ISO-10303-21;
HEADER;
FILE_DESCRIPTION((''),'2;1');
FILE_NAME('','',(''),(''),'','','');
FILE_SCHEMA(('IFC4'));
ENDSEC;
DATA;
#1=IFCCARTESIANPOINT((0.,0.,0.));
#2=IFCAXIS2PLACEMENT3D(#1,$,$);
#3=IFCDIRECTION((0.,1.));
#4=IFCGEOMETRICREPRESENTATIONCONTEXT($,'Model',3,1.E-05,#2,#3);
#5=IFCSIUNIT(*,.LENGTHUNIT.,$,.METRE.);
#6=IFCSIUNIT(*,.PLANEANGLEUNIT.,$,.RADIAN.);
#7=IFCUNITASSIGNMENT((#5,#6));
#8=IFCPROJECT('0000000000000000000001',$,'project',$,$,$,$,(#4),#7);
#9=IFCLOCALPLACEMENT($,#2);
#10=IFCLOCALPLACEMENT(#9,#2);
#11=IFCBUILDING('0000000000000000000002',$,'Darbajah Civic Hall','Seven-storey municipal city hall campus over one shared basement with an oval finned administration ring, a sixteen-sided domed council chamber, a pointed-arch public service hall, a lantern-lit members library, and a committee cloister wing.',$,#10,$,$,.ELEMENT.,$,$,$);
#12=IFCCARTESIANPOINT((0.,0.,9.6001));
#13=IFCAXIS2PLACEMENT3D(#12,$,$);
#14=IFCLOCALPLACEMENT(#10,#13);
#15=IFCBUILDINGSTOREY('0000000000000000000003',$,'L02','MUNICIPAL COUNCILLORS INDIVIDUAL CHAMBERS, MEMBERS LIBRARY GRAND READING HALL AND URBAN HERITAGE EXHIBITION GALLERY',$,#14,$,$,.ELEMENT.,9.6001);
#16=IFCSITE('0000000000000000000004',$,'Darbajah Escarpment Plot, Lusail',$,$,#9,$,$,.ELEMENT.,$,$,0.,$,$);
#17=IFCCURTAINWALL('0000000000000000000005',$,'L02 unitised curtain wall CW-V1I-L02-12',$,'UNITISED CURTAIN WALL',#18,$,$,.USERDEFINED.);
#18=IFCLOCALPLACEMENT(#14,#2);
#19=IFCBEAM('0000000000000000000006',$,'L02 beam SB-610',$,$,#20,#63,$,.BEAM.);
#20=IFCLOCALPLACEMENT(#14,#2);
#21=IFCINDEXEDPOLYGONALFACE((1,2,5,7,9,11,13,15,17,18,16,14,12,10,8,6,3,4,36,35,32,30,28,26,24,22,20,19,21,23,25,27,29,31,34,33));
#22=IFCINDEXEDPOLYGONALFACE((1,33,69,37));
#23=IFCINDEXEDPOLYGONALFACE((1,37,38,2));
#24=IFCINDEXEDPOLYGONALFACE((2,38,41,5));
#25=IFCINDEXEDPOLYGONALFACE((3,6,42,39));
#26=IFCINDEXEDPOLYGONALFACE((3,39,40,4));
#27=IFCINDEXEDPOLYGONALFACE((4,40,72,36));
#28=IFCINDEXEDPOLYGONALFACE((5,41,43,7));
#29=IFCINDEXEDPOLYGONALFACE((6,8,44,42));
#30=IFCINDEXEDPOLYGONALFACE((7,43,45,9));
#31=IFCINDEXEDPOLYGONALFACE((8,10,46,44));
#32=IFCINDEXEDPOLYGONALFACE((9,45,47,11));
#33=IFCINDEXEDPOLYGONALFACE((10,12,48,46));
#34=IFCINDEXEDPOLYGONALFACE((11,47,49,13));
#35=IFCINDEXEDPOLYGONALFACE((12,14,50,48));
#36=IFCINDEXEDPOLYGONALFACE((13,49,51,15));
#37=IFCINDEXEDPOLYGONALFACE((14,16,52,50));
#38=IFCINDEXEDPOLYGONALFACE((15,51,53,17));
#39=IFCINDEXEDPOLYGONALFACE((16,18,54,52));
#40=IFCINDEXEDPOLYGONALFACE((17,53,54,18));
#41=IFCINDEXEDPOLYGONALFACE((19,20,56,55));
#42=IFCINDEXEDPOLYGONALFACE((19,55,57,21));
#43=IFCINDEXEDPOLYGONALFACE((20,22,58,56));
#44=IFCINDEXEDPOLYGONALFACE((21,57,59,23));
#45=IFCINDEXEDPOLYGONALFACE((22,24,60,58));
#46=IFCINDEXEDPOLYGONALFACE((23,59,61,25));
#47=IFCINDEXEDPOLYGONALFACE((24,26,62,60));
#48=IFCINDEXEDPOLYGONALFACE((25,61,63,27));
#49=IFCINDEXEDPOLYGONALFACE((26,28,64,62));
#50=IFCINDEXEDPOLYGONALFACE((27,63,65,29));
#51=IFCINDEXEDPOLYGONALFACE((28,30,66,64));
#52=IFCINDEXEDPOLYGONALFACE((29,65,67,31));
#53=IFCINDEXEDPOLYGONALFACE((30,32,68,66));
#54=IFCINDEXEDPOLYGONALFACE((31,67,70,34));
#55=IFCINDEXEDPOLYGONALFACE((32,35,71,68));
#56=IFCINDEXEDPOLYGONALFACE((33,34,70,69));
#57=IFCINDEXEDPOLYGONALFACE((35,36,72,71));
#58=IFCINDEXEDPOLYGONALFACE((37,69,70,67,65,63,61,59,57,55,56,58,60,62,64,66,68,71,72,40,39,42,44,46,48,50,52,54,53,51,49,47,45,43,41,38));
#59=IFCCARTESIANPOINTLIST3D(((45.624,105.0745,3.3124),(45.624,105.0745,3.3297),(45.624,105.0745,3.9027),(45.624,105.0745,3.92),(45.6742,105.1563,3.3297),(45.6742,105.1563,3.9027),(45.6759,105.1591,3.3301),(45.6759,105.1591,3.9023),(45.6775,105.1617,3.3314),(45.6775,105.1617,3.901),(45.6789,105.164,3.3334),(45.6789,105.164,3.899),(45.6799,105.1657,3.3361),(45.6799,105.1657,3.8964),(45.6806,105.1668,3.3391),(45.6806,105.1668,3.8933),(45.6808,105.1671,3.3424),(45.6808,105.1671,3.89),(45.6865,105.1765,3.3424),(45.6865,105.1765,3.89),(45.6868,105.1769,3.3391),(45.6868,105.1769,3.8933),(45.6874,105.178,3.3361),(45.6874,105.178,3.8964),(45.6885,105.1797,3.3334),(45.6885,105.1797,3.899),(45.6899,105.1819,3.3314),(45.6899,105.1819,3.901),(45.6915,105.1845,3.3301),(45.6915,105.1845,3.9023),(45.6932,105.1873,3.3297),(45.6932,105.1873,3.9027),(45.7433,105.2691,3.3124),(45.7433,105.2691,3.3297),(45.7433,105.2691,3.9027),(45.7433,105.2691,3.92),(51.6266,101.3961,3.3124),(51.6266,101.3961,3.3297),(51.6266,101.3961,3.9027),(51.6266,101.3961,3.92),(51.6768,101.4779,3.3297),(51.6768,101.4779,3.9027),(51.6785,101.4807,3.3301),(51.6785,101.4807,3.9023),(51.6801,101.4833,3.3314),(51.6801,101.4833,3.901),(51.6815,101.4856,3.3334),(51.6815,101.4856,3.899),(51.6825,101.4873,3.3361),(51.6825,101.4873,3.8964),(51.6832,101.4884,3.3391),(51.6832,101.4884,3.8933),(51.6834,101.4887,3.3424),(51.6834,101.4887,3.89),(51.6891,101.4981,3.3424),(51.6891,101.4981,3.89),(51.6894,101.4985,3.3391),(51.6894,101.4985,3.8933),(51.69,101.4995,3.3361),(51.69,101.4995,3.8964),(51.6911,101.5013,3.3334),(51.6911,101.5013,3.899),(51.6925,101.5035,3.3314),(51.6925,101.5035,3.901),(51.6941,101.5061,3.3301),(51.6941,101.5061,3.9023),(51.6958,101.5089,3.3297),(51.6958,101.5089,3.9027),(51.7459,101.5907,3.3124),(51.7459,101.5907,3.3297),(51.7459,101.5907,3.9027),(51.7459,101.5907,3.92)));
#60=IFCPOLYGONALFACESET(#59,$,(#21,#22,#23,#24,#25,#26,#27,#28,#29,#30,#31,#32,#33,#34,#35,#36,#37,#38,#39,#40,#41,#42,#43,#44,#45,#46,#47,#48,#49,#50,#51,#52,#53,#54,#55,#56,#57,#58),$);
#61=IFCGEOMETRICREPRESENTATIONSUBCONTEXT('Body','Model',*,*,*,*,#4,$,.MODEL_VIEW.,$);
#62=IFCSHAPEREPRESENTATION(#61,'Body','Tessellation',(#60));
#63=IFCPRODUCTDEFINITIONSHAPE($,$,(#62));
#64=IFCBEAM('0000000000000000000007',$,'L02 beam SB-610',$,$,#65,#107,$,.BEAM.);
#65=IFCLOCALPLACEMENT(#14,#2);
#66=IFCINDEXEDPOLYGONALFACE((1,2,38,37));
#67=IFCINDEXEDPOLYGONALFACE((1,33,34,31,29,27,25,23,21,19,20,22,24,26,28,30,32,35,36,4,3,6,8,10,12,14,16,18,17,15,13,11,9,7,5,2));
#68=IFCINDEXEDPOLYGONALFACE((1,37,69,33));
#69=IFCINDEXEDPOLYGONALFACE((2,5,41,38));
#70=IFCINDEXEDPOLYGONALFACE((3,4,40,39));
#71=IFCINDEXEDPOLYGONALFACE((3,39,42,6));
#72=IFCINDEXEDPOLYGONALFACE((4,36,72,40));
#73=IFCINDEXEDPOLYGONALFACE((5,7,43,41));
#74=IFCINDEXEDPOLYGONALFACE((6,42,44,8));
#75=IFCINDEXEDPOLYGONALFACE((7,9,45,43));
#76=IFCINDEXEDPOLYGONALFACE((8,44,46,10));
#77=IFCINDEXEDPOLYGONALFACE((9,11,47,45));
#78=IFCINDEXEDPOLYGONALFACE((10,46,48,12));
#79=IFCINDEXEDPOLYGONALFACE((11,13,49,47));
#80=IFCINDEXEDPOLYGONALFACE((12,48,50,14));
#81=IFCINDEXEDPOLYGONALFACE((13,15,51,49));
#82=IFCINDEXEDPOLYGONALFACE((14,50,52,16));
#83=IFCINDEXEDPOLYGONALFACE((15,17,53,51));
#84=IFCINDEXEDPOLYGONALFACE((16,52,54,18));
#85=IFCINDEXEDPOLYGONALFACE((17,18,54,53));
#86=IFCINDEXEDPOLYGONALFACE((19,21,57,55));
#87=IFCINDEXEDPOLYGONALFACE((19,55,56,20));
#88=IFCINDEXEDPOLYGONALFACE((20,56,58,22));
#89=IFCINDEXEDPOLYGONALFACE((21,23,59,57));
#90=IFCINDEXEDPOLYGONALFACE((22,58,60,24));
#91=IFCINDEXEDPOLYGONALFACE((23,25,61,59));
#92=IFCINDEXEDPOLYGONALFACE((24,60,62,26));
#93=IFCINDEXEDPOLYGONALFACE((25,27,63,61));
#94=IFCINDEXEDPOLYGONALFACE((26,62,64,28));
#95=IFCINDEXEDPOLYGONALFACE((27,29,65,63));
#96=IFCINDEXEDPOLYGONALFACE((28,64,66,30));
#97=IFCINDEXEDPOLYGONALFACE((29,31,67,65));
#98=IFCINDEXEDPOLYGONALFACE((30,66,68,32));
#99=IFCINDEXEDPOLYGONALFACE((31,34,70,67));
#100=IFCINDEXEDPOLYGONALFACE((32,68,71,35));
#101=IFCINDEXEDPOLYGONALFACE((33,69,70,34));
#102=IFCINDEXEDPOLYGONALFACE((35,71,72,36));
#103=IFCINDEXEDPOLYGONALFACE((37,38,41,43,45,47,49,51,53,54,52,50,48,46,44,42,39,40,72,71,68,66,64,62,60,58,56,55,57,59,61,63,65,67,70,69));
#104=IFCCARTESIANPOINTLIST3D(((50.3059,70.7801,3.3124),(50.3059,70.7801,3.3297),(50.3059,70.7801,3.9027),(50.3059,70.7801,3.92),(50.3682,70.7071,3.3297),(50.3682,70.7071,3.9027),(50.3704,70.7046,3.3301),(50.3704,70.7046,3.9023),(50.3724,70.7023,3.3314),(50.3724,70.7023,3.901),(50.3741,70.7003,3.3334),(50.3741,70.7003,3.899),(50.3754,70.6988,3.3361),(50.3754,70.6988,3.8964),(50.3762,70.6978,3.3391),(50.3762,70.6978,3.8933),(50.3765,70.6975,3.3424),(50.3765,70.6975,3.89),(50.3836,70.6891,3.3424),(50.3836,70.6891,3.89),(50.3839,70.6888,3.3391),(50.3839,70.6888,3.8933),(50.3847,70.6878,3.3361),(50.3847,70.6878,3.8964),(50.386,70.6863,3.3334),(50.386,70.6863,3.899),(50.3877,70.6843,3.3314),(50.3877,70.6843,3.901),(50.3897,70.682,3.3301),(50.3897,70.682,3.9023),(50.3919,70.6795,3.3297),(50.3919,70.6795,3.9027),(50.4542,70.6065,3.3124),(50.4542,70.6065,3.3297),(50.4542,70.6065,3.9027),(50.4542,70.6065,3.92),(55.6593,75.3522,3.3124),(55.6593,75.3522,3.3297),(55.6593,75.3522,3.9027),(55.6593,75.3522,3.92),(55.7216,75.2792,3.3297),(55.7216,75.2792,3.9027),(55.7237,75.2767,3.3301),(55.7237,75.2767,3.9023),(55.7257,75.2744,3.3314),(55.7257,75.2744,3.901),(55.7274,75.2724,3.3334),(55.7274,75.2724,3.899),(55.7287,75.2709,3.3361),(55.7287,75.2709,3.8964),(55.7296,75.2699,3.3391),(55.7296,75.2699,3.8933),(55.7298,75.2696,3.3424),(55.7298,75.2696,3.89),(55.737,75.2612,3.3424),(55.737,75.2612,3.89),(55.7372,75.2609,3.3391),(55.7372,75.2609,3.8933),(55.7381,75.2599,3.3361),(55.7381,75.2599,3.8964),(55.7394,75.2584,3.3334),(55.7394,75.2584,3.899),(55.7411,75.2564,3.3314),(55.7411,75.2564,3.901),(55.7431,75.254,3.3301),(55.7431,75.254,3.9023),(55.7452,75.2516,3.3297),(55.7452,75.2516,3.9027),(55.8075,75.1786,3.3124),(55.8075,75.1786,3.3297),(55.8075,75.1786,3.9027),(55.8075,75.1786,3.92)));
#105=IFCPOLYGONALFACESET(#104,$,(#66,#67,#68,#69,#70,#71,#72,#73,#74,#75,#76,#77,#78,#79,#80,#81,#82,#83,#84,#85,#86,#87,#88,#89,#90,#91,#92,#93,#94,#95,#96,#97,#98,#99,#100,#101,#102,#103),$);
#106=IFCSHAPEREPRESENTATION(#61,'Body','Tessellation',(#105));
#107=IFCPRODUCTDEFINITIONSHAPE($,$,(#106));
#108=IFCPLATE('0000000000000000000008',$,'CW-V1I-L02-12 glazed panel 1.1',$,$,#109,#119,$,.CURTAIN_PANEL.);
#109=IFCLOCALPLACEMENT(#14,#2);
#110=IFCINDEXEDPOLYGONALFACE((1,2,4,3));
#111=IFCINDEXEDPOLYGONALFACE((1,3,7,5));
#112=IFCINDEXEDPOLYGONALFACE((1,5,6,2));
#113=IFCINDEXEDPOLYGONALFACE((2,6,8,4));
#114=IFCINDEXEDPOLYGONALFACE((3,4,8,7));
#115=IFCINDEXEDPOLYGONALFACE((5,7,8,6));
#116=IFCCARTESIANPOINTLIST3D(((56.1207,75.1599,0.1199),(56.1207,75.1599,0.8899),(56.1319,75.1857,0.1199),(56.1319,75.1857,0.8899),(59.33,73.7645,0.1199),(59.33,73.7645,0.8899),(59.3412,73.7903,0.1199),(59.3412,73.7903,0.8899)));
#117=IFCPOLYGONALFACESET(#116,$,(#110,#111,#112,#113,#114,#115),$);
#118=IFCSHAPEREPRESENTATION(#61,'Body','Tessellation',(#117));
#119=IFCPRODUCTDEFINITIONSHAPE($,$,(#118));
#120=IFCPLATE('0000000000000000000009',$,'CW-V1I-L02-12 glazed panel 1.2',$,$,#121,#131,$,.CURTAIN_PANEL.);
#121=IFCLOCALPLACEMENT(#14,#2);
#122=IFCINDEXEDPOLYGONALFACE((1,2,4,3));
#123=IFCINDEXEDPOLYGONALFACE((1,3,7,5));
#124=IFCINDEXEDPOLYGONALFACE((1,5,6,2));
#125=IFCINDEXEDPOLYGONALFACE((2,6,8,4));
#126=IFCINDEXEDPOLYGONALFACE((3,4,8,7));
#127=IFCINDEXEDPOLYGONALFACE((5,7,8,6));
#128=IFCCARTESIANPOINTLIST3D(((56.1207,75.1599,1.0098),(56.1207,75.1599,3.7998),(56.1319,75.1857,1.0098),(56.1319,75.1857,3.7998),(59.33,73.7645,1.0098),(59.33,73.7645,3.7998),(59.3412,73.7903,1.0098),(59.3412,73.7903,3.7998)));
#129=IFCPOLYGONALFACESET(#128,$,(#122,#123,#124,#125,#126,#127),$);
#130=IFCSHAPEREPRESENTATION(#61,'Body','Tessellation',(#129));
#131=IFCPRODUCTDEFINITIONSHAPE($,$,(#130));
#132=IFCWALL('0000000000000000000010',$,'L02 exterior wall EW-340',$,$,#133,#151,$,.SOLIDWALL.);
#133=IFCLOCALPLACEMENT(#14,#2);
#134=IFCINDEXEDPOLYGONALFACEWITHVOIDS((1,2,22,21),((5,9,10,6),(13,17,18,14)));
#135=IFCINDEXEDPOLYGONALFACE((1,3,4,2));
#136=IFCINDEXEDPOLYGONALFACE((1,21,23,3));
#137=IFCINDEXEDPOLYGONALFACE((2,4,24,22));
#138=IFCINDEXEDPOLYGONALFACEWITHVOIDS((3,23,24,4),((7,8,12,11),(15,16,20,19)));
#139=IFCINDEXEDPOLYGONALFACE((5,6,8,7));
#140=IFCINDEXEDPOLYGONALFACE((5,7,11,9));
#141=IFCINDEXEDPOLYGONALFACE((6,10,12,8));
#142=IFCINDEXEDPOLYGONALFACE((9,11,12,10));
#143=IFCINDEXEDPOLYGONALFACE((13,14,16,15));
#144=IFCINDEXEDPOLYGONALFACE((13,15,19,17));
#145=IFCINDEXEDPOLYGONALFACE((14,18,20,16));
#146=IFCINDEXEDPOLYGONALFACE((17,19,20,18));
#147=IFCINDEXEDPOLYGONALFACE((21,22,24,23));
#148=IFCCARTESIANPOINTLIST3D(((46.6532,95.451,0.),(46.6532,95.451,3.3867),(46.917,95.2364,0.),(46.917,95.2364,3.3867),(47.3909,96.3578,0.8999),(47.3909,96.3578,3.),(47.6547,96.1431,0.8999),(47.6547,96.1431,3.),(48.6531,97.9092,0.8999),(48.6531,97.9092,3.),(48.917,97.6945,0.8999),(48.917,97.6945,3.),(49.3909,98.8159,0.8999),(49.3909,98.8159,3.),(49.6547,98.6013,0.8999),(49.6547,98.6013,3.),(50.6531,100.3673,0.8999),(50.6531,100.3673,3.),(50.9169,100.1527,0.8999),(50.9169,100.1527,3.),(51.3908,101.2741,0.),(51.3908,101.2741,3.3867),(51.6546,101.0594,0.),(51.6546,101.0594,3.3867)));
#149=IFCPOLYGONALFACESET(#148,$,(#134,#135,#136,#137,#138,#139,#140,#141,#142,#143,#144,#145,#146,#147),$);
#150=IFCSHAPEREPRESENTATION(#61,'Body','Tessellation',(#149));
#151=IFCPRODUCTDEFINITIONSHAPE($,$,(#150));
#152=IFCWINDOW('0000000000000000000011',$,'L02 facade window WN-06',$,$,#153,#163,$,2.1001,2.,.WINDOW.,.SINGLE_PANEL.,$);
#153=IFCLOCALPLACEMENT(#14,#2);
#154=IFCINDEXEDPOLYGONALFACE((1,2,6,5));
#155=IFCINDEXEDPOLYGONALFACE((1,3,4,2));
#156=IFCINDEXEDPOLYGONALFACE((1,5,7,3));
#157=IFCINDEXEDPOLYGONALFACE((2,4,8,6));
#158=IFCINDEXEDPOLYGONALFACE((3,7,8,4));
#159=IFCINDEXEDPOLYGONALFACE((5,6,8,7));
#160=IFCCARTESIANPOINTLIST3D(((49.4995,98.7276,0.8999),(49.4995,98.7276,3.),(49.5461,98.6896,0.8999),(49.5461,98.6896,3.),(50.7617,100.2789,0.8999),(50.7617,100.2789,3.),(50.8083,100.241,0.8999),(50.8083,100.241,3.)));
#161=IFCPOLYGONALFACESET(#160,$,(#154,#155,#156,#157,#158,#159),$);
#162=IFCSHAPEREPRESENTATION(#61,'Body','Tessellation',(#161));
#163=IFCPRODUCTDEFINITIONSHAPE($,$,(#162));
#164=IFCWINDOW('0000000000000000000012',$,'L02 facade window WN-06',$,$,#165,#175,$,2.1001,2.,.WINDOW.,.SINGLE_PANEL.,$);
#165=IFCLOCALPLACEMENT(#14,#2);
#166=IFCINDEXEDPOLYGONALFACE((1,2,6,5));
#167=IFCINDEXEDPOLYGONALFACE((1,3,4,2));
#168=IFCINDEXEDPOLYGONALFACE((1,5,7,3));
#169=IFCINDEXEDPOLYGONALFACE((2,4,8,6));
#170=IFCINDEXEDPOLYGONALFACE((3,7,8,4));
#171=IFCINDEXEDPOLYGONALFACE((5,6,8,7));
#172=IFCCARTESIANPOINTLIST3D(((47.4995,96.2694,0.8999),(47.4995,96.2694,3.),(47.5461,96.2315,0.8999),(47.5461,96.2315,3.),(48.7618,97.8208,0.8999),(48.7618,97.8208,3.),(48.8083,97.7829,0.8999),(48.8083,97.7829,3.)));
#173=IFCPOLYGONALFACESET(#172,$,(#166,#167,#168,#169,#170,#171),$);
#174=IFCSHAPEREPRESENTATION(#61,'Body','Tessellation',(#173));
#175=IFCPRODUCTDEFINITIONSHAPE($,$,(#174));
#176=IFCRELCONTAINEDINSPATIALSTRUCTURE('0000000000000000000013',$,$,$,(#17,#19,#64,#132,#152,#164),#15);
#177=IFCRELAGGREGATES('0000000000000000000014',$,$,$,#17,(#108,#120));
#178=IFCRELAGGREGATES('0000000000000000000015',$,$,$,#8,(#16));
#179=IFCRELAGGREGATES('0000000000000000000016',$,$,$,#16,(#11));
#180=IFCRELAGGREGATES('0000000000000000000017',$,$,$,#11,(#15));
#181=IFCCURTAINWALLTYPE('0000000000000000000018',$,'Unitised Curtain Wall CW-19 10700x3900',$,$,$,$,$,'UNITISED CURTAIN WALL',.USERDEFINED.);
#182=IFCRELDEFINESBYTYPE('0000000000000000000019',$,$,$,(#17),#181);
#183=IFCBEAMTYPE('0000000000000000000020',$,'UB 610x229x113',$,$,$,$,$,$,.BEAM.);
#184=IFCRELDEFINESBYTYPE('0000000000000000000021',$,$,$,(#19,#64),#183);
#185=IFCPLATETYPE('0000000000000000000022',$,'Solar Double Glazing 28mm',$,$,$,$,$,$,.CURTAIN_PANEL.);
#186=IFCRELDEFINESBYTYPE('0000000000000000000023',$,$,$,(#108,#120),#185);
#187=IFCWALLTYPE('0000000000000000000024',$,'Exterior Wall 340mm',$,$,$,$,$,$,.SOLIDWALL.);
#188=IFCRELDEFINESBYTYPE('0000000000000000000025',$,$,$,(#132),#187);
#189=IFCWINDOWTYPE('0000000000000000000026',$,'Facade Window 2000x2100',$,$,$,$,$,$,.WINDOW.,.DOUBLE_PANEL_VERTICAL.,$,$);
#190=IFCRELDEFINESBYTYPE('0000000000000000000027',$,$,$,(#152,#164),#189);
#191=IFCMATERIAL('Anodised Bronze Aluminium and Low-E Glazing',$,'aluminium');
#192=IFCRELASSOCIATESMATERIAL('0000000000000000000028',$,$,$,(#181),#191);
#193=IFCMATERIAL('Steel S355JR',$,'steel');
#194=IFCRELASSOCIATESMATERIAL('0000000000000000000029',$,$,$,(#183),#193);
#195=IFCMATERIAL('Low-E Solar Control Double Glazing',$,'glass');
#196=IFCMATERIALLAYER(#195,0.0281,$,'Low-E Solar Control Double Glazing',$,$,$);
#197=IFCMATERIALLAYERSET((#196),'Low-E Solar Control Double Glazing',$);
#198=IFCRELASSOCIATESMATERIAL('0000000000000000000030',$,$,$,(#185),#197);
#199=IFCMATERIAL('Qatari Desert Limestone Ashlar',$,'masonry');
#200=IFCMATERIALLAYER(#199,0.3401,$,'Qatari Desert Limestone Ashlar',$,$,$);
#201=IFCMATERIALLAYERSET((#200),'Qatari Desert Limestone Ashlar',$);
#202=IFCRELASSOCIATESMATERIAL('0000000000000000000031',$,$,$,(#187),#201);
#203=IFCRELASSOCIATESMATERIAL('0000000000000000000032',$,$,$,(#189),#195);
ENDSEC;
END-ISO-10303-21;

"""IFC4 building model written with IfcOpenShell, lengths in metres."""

from ifc_helpers import new_model, si_unit, direction, frame, frame_2d, origin, origin_2d, place, context, subcontext, project, spatial, rectangle, i_section, extrude, material, layer, layer_set, material_profile, profile_set, type_object, element, fill, aggregate, save


model = new_model("IFC4")

# Units and contexts
model_context = context("Model", 3, precision=1e-05, world=origin(), true_north=direction((0.0, 1.0)))
body_context = subcontext(model_context, "Body", "Model", "MODEL_VIEW")
ifc_project = project(units=[si_unit("LENGTHUNIT", "METRE"), si_unit("PLANEANGLEUNIT", "RADIAN")], contexts=[model_context])

# Site, building, storey
site_placement = place(None, origin())
site = spatial("IfcSite", under=ifc_project, at=site_placement, Name="Darbajah Escarpment Plot, Lusail", CompositionType="ELEMENT", RefElevation=0.0)
building_placement = place(site_placement, origin())
building = spatial("IfcBuilding", under=site, at=building_placement, Name="Darbajah Civic Hall", Description="Seven-storey municipal city hall campus over one shared basement with an oval finned administration ring, a sixteen-sided domed council chamber, a pointed-arch public service hall, a lantern-lit members library, and a committee cloister wing.", CompositionType="ELEMENT")
storey_placement = place(building_placement, frame((0.0, 0.0, 9.6001)))
storey = spatial("IfcBuildingStorey", under=building, at=storey_placement, Name="L02", Description="MUNICIPAL COUNCILLORS INDIVIDUAL CHAMBERS, MEMBERS LIBRARY GRAND READING HALL AND URBAN HERITAGE EXHIBITION GALLERY", CompositionType="ELEMENT", Elevation=9.6001)

# Curtain wall
ifc_material_1 = material(Name="Anodised Bronze Aluminium and Low-E Glazing", Category="aluminium")
curtain_wall_type = type_object("IfcCurtainWallType", Name="Unitised Curtain Wall CW-19 10700x3900", ElementType="UNITISED CURTAIN WALL", PredefinedType="USERDEFINED", material=ifc_material_1)
curtain_wall_placement = place(storey_placement, origin())
curtain_wall = element("IfcCurtainWall", 1, at=curtain_wall_placement, inside=storey, type_object=curtain_wall_type, Name="L02 unitised curtain wall CW-V1I-L02-12", ObjectType="UNITISED CURTAIN WALL", PredefinedType="USERDEFINED")

# Beams
ifc_material_2 = material(Name="Steel S355JR", Category="steel")
ifc_material_profile_1 = material_profile(ifc_material_2, i_section(OverallWidth=0.2283, OverallDepth=0.6077, WebThickness=0.011, FlangeThickness=0.0173, FilletRadius=0.0127, at=origin_2d()), Name="UB 610x229x113")
ifc_profile_set_1 = profile_set([ifc_material_profile_1], Name="Steel S355JR")
beam_type_1 = type_object("IfcBeamType", Name="UB 610x229x113", PredefinedType="BEAM", material=ifc_profile_set_1)
for number, where, z_axis, x_axis, name in (
    (2, (51.6863, 101.4934, 3.6162), (-0.852639, 0.5225, 0.0), (-0.5225, -0.852639, 0.0), "L02 beam SB-610"),
    (3, (55.7334, 75.2654, 3.6162), (-0.760413, -0.649439, 0.0), (0.649439, -0.760413, 0.0), "L02 beam SB-610"),
):
    element("IfcBeam", number, at=place(storey_placement, frame(where, z_axis=z_axis, x_axis=x_axis)), inside=storey, type_object=beam_type_1, Name=name, PredefinedType="BEAM", context=body_context, shape_type="SweptSolid", body=[
        extrude(i_section(OverallWidth=0.2283, OverallDepth=0.6077, WebThickness=0.011, FlangeThickness=0.0173, FilletRadius=0.0127, at=origin_2d()), origin(), (0.0, 0.0, 1.0), 7.04),
    ])

# Plates
ifc_material_3 = material(Name="Low-E Solar Control Double Glazing", Category="glass")
ifc_layer_1 = layer(ifc_material_3, 0.0281, Name="Low-E Solar Control Double Glazing")
ifc_layer_set_1 = layer_set([ifc_layer_1], Name="Low-E Solar Control Double Glazing")
plate_type = type_object("IfcPlateType", Name="Solar Double Glazing 28mm", PredefinedType="CURTAIN_PANEL", material=ifc_layer_set_1)
plate_1_placement = place(storey_placement, frame((57.731, 74.4751, 0.1199), z_axis=(0.0, 0.0, 1.0), x_axis=(0.91706, -0.398749, 0.0)))
plate_1 = element("IfcPlate", 4, at=plate_1_placement, type_object=plate_type, Name="CW-V1I-L02-12 glazed panel 1.1", PredefinedType="CURTAIN_PANEL", context=body_context, shape_type="SweptSolid", body=[
    extrude(rectangle(XDim=3.4995, YDim=0.0281, at=origin_2d()), origin(), (0.0, 0.0, 1.0), 0.77),
])
plate_2_placement = place(storey_placement, frame((57.731, 74.4751, 1.0098), z_axis=(0.0, 0.0, 1.0), x_axis=(0.91706, -0.398749, 0.0)))
plate_2 = element("IfcPlate", 5, at=plate_2_placement, type_object=plate_type, Name="CW-V1I-L02-12 glazed panel 1.2", PredefinedType="CURTAIN_PANEL", context=body_context, shape_type="SweptSolid", body=[
    extrude(rectangle(XDim=3.4995, YDim=0.0281, at=origin_2d()), origin(), (0.0, 0.0, 1.0), 2.79),
])
aggregate(curtain_wall, [plate_1, plate_2])

# Wall, openings, windows
ifc_material_4 = material(Name="Qatari Desert Limestone Ashlar", Category="masonry")
ifc_layer_2 = layer(ifc_material_4, 0.3401, Name="Qatari Desert Limestone Ashlar")
ifc_layer_set_2 = layer_set([ifc_layer_2], Name="Qatari Desert Limestone Ashlar")
wall_type = type_object("IfcWallType", Name="Exterior Wall 340mm", PredefinedType="SOLIDWALL", material=ifc_layer_set_2)
wall_placement = place(storey_placement, frame((51.5227, 101.1667, 0.0), z_axis=(0.0, 0.0, 1.0), x_axis=(-0.631103, -0.775699, 0.0)))
wall = element("IfcWall", 6, at=wall_placement, inside=storey, type_object=wall_type, Name="L02 exterior wall EW-340", PredefinedType="SOLIDWALL", context=body_context, shape_type="SweptSolid", body=[
    extrude(rectangle(XDim=7.5068, YDim=0.3401, at=frame_2d((3.7534, 0.0))), origin(), (0.0, 0.0, 1.0), 3.3867),
])
opening_1_placement = place(wall_placement, frame((1.1689, 0.0, 0.8999)))
opening_1 = element("IfcOpeningElement", 7, at=opening_1_placement, cuts=wall, PredefinedType="OPENING", context=body_context, shape_type="SweptSolid", body=[
    extrude(rectangle(XDim=2.0, YDim=2.1001, at=frame_2d((1.0, 1.05))), frame((0.0, 0.1799, 0.0), z_axis=(0.0, -1.0, 0.0), x_axis=(1.0, 0.0, 0.0)), (0.0, 0.0, 1.0), 0.3601),
])
opening_2_placement = place(wall_placement, frame((4.3379, 0.0, 0.8999)))
opening_2 = element("IfcOpeningElement", 8, at=opening_2_placement, cuts=wall, PredefinedType="OPENING", context=body_context, shape_type="SweptSolid", body=[
    extrude(rectangle(XDim=2.0, YDim=2.1001, at=frame_2d((1.0, 1.05))), frame((0.0, 0.1799, 0.0), z_axis=(0.0, -1.0, 0.0), x_axis=(1.0, 0.0, 0.0)), (0.0, 0.0, 1.0), 0.3601),
])
window_type = type_object("IfcWindowType", Name="Facade Window 2000x2100", PartitioningType="DOUBLE_PANEL_VERTICAL", PredefinedType="WINDOW", material=ifc_material_3)
window_1_placement = place(opening_1_placement, origin())
window_1 = element("IfcWindow", 9, at=window_1_placement, inside=storey, type_object=window_type, Name="L02 facade window WN-06", OverallHeight=2.1001, OverallWidth=2.0, PartitioningType="SINGLE_PANEL", PredefinedType="WINDOW", context=body_context, shape_type="SweptSolid", body=[
    extrude(rectangle(XDim=2.0, YDim=2.1001, at=frame_2d((1.0, 1.05))), frame((0.0, 0.03, 0.0), z_axis=(0.0, -1.0, 0.0), x_axis=(1.0, 0.0, 0.0)), (0.0, 0.0, 1.0), 0.0601),
])
fill(opening_1, window_1)
window_2_placement = place(opening_2_placement, origin())
window_2 = element("IfcWindow", 10, at=window_2_placement, inside=storey, type_object=window_type, Name="L02 facade window WN-06", OverallHeight=2.1001, OverallWidth=2.0, PartitioningType="SINGLE_PANEL", PredefinedType="WINDOW", context=body_context, shape_type="SweptSolid", body=[
    extrude(rectangle(XDim=2.0, YDim=2.1001, at=frame_2d((1.0, 1.05))), frame((0.0, 0.03, 0.0), z_axis=(0.0, -1.0, 0.0), x_axis=(1.0, 0.0, 0.0)), (0.0, 0.0, 1.0), 0.0601),
])
fill(opening_2, window_2)

save(model, "model.ifc")
